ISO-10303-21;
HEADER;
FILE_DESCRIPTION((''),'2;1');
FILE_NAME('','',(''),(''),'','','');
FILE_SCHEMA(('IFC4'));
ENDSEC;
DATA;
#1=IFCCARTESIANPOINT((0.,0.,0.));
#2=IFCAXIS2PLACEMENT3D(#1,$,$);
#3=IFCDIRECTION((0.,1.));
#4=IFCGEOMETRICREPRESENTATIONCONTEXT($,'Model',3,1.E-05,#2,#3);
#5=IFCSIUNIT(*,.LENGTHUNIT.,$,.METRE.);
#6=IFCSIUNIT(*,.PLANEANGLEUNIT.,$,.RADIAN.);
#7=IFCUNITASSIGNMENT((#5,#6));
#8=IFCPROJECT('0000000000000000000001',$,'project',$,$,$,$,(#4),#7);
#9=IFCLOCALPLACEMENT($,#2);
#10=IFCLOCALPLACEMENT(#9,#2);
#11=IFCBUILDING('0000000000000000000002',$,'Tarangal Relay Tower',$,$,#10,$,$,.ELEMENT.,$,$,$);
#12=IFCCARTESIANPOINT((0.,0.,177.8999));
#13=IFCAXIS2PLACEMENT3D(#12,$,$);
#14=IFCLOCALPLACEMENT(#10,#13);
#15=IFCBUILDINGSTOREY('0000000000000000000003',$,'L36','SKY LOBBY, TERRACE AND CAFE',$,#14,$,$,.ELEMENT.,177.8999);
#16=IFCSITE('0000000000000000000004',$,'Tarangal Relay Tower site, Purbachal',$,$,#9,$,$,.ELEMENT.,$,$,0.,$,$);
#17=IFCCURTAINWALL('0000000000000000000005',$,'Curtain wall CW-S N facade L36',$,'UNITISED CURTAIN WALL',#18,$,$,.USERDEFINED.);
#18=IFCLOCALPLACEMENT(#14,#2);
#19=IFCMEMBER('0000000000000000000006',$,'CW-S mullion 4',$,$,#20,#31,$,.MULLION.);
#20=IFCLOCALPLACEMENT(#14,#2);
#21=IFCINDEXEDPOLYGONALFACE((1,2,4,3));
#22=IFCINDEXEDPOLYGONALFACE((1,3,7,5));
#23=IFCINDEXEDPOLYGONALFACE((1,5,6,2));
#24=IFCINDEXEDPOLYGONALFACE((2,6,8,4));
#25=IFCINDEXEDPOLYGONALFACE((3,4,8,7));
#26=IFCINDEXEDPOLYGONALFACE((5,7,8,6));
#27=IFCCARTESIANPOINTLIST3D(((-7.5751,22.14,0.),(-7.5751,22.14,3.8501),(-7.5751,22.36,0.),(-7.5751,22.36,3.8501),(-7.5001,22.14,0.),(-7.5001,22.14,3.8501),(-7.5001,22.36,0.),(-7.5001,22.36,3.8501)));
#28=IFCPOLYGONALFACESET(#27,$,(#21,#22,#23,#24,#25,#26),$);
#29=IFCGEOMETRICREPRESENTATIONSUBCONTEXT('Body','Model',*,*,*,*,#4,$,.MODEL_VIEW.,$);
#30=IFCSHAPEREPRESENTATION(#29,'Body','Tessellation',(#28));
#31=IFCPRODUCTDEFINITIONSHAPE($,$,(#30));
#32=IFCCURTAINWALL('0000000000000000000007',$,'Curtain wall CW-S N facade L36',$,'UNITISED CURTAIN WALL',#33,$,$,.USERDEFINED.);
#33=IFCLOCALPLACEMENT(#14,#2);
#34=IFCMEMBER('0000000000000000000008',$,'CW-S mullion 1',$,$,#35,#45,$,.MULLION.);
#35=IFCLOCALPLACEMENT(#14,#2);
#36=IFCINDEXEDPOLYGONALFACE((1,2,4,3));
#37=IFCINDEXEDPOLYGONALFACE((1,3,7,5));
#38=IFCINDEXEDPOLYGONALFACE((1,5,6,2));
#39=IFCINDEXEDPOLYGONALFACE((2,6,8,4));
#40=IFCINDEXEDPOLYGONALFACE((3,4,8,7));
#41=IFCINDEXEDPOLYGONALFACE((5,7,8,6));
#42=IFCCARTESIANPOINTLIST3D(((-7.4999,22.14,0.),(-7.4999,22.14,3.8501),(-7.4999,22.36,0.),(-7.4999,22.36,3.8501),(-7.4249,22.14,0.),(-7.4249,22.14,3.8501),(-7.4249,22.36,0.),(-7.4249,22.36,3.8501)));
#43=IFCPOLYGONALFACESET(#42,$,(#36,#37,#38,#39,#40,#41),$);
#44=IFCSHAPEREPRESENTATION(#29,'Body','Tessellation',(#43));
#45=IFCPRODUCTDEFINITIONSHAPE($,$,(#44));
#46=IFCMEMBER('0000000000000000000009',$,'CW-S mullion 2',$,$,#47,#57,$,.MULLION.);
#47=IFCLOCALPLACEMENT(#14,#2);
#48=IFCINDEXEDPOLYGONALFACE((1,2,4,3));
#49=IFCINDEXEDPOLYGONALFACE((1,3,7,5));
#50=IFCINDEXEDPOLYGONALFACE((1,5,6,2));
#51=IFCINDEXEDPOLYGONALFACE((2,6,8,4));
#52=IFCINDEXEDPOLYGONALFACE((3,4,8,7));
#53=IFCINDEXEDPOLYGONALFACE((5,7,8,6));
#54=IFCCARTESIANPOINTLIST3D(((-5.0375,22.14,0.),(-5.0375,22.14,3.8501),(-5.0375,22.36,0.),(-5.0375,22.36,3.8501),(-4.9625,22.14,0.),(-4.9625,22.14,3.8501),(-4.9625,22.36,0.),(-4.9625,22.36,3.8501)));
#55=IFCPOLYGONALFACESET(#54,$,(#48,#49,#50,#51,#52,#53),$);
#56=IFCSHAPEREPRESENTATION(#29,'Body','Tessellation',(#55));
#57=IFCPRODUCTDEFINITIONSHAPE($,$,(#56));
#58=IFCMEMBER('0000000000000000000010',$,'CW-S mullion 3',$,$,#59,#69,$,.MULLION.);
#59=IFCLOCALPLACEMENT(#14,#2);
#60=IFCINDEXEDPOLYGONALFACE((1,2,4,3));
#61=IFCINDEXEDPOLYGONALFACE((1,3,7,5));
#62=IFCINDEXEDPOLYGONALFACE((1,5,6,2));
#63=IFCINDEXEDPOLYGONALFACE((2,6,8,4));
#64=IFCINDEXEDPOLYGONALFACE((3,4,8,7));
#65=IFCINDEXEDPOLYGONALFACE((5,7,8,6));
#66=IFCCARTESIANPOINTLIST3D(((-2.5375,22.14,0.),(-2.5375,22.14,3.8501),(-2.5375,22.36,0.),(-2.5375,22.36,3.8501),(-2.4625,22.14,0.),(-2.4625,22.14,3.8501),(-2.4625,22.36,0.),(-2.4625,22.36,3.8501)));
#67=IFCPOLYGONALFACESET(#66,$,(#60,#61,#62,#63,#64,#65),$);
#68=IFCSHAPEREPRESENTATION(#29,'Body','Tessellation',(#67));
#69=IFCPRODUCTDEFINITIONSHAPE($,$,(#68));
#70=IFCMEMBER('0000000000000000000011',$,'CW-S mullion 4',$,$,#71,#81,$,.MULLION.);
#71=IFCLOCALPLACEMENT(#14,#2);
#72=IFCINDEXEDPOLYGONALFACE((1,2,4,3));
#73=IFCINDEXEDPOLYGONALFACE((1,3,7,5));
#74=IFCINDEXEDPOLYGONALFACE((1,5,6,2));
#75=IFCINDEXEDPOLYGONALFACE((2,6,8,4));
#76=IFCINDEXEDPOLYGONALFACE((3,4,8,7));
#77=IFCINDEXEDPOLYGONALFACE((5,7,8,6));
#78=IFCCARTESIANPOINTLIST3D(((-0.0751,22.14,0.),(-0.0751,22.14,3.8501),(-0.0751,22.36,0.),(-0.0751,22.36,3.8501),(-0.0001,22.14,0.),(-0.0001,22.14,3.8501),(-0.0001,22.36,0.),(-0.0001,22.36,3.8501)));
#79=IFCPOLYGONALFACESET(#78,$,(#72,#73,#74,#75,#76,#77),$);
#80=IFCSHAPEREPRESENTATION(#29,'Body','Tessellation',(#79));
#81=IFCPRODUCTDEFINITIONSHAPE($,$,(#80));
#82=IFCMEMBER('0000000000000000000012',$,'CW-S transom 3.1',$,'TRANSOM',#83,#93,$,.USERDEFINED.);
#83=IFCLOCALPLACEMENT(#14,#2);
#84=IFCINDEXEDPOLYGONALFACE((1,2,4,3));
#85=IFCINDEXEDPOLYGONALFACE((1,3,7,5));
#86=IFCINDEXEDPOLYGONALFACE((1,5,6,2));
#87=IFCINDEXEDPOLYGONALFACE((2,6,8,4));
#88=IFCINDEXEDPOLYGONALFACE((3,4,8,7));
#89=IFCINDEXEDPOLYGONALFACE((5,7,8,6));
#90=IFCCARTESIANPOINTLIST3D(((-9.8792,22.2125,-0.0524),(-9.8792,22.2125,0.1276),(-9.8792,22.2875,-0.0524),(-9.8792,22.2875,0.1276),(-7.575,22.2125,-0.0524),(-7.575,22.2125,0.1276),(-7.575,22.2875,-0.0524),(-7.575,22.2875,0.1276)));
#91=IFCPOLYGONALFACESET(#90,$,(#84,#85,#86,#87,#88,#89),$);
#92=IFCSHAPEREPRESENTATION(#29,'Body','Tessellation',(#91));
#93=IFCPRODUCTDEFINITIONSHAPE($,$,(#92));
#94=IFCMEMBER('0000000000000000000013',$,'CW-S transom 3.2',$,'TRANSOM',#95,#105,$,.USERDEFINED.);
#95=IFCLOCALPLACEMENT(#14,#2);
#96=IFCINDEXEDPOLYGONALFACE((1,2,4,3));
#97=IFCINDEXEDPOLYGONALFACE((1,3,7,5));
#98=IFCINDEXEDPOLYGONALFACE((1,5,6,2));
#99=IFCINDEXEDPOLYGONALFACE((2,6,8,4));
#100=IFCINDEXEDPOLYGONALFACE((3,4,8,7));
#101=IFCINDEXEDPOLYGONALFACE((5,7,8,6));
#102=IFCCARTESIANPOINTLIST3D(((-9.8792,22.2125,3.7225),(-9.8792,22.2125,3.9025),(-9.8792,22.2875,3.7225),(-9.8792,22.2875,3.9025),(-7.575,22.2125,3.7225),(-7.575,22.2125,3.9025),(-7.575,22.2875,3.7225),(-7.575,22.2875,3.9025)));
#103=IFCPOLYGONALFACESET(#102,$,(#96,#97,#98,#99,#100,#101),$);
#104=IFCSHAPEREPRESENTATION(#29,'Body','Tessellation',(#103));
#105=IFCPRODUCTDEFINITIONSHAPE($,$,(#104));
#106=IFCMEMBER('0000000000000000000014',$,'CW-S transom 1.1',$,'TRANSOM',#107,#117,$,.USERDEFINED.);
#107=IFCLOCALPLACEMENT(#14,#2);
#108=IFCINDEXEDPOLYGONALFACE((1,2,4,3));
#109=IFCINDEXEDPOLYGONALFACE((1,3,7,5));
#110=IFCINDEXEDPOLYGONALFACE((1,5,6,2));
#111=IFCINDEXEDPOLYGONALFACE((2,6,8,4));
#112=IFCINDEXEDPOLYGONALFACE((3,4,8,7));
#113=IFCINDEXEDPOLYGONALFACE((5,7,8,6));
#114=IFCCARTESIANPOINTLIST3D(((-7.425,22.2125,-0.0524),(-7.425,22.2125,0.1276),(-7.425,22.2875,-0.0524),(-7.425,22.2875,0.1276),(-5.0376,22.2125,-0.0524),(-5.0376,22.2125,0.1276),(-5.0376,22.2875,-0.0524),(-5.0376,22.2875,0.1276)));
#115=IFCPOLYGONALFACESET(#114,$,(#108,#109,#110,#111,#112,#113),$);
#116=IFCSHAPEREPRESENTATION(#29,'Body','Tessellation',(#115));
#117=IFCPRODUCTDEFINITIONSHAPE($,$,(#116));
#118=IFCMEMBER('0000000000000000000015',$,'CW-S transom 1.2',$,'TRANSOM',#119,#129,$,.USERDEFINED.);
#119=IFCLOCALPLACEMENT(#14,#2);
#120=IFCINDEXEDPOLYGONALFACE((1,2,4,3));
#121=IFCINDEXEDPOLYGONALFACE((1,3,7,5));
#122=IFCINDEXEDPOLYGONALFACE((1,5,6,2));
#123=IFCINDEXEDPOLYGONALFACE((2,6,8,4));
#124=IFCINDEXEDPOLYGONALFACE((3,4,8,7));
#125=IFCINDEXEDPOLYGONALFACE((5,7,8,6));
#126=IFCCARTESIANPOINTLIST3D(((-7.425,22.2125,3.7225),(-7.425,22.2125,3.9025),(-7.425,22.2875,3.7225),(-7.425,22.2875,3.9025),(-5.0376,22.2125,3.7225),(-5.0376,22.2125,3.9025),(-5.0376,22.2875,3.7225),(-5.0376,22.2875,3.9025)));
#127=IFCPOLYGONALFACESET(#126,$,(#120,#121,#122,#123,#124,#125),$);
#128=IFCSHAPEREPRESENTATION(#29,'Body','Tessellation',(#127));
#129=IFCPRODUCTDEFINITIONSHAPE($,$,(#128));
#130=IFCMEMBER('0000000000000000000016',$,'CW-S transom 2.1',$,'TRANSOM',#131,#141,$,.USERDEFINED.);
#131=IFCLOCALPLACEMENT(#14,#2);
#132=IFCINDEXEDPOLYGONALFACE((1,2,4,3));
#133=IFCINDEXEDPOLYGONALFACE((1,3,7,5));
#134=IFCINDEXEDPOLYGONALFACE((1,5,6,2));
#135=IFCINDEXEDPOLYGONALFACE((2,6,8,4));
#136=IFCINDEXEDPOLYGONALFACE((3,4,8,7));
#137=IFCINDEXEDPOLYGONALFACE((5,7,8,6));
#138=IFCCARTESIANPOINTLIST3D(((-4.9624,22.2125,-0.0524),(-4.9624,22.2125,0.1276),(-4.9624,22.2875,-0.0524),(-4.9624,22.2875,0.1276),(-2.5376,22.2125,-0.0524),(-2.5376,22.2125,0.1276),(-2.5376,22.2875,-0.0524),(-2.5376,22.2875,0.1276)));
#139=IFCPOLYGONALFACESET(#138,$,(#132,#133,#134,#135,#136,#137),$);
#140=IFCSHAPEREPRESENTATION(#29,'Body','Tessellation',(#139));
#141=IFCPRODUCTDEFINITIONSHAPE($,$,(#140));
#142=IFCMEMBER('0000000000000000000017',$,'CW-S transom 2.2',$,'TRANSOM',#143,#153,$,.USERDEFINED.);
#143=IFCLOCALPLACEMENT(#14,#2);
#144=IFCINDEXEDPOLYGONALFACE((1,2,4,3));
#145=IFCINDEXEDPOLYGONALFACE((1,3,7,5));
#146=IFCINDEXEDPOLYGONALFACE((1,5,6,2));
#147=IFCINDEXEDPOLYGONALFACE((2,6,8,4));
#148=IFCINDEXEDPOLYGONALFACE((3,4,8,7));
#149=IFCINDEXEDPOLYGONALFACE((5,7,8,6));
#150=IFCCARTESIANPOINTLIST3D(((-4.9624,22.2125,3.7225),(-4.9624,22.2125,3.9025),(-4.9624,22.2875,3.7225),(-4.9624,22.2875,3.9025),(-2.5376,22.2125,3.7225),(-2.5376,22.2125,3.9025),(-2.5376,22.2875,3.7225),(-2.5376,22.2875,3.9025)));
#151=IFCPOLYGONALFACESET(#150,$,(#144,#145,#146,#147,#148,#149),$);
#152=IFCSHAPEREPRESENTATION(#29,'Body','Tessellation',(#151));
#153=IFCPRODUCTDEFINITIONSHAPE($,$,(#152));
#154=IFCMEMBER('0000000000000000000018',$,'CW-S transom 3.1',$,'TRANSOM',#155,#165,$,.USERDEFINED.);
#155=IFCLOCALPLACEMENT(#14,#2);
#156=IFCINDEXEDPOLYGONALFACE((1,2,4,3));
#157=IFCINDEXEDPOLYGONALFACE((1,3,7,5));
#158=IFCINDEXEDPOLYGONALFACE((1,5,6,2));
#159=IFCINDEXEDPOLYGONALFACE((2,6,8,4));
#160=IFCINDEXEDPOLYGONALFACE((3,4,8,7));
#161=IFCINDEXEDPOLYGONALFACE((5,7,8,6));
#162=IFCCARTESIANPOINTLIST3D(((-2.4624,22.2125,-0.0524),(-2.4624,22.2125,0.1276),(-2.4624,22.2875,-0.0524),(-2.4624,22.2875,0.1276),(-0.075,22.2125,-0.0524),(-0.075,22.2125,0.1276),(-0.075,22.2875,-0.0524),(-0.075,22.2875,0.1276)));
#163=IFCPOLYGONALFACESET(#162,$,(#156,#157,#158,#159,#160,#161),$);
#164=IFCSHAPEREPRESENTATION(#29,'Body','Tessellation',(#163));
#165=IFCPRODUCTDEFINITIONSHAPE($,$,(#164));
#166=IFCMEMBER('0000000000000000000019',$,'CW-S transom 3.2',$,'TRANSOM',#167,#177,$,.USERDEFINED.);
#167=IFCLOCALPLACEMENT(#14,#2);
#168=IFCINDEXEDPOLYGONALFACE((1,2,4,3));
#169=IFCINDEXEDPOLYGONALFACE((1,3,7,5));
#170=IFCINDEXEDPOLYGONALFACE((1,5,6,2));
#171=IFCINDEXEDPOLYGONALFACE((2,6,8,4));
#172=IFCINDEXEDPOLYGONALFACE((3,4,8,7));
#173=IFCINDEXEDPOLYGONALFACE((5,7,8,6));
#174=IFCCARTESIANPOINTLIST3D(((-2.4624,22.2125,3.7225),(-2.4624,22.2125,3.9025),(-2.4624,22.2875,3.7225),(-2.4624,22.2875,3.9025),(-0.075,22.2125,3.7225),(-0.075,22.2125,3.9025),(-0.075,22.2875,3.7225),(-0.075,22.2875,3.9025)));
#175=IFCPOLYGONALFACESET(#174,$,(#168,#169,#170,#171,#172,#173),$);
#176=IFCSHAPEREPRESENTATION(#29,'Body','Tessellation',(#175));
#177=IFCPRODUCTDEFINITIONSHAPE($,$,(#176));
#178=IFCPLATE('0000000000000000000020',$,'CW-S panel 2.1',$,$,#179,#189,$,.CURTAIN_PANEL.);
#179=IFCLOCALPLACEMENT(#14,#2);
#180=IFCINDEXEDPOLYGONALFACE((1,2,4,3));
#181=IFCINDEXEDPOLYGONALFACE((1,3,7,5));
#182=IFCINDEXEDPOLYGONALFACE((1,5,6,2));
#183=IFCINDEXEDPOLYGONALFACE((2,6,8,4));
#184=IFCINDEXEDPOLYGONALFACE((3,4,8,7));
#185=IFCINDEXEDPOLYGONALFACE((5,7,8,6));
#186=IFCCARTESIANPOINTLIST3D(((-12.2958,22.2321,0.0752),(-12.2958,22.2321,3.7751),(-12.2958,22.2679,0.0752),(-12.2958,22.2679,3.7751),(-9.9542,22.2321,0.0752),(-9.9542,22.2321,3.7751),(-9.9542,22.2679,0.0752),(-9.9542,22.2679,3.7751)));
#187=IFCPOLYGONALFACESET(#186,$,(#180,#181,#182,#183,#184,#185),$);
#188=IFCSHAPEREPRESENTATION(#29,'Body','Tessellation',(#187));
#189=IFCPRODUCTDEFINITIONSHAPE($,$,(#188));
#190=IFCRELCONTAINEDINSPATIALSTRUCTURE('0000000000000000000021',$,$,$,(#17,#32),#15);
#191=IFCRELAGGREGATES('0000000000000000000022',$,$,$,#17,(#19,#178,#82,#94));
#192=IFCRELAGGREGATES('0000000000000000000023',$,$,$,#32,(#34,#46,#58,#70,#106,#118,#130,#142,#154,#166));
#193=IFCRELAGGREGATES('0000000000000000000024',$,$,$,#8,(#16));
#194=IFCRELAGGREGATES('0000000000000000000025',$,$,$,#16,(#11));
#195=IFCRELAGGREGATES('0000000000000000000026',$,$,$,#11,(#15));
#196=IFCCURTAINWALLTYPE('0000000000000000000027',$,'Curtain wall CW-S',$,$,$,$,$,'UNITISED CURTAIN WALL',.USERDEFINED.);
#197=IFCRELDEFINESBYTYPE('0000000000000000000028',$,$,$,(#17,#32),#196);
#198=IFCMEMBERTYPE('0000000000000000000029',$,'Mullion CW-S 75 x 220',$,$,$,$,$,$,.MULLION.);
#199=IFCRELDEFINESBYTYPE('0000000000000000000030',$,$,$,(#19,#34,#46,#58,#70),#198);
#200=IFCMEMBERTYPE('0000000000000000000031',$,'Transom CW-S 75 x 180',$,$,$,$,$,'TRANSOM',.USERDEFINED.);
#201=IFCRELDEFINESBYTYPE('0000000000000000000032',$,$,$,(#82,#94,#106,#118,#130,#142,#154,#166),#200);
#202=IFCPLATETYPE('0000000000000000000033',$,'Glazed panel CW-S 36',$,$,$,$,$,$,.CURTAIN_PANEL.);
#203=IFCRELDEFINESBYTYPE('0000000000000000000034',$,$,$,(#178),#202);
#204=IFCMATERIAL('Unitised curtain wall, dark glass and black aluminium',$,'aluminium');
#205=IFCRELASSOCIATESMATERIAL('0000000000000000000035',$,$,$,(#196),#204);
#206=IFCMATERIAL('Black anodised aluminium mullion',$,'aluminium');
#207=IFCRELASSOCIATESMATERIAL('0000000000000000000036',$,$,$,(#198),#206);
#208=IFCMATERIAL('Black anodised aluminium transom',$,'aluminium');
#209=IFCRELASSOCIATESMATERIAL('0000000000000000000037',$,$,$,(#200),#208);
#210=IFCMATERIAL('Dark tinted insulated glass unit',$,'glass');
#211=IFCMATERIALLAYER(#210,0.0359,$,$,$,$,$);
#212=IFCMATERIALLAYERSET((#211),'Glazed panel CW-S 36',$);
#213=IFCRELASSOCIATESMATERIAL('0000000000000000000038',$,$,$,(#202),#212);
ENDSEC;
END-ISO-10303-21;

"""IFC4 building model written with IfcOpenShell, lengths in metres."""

from ifc_helpers import new_model, si_unit, direction, frame, origin, origin_2d, place, context, subcontext, project, spatial, rectangle, extrude, material, layer, layer_set, material_profile, profile_set, type_object, element, aggregate, save


model = new_model("IFC4")

# Units and contexts
model_context = context("Model", 3, precision=1e-05, world=origin(), true_north=direction((0.0, 1.0)))
body_context = subcontext(model_context, "Body", "Model", "MODEL_VIEW")
ifc_project = project(units=[si_unit("LENGTHUNIT", "METRE"), si_unit("PLANEANGLEUNIT", "RADIAN")], contexts=[model_context])

# Site, building, storey
site_placement = place(None, origin())
site = spatial("IfcSite", under=ifc_project, at=site_placement, Name="Tarangal Relay Tower site, Purbachal", CompositionType="ELEMENT", RefElevation=0.0)
building_placement = place(site_placement, origin())
building = spatial("IfcBuilding", under=site, at=building_placement, Name="Tarangal Relay Tower", CompositionType="ELEMENT")
storey_placement = place(building_placement, frame((0.0, 0.0, 177.8999)))
storey = spatial("IfcBuildingStorey", under=building, at=storey_placement, Name="L36", Description="SKY LOBBY, TERRACE AND CAFE", CompositionType="ELEMENT", Elevation=177.8999)

# Curtain walls, members
ifc_material_1 = material(Name="Unitised curtain wall, dark glass and black aluminium", Category="aluminium")
curtain_wall_type = type_object("IfcCurtainWallType", Name="Curtain wall CW-S", ElementType="UNITISED CURTAIN WALL", PredefinedType="USERDEFINED", material=ifc_material_1)
curtain_wall_1_placement = place(storey_placement, origin())
curtain_wall_1 = element("IfcCurtainWall", 1, at=curtain_wall_1_placement, inside=storey, type_object=curtain_wall_type, Name="Curtain wall CW-S N facade L36", ObjectType="UNITISED CURTAIN WALL", PredefinedType="USERDEFINED")
ifc_material_2 = material(Name="Black anodised aluminium mullion", Category="aluminium")
ifc_material_profile_1 = material_profile(ifc_material_2, rectangle(XDim=0.22, YDim=0.075, at=origin_2d()), Name="CW-SM 75X220")
ifc_profile_set_1 = profile_set([ifc_material_profile_1], Name="Black anodised aluminium mullion")
member_type_1 = type_object("IfcMemberType", Name="Mullion CW-S 75 x 220", PredefinedType="MULLION", material=ifc_profile_set_1)
member_1_placement = place(storey_placement, frame((-7.5376, 22.25, 0.0), z_axis=(0.0, 0.0, 1.0), x_axis=(0.0, 1.0, 0.0)))
member_1 = element("IfcMember", 2, at=member_1_placement, type_object=member_type_1, Name="CW-S mullion 4", PredefinedType="MULLION", context=body_context, shape_type="SweptSolid", body=[
    extrude(rectangle(XDim=0.22, YDim=0.075, at=origin_2d()), origin(), (0.0, 0.0, 1.0), 3.8501),
])
curtain_wall_2_placement = place(storey_placement, origin())
curtain_wall_2 = element("IfcCurtainWall", 3, at=curtain_wall_2_placement, inside=storey, type_object=curtain_wall_type, Name="Curtain wall CW-S N facade L36", ObjectType="UNITISED CURTAIN WALL", PredefinedType="USERDEFINED")
member_2_placement = place(storey_placement, frame((-7.4624, 22.25, 0.0), z_axis=(0.0, 0.0, 1.0), x_axis=(0.0, 1.0, 0.0)))
member_2 = element("IfcMember", 4, at=member_2_placement, type_object=member_type_1, Name="CW-S mullion 1", PredefinedType="MULLION", context=body_context, shape_type="SweptSolid", body=[
    extrude(rectangle(XDim=0.22, YDim=0.075, at=origin_2d()), origin(), (0.0, 0.0, 1.0), 3.8501),
])
member_3_placement = place(storey_placement, frame((-5.0, 22.25, 0.0), z_axis=(0.0, 0.0, 1.0), x_axis=(0.0, 1.0, 0.0)))
member_3 = element("IfcMember", 5, at=member_3_placement, type_object=member_type_1, Name="CW-S mullion 2", PredefinedType="MULLION", context=body_context, shape_type="SweptSolid", body=[
    extrude(rectangle(XDim=0.22, YDim=0.075, at=origin_2d()), origin(), (0.0, 0.0, 1.0), 3.8501),
])
member_4_placement = place(storey_placement, frame((-2.5, 22.25, 0.0), z_axis=(0.0, 0.0, 1.0), x_axis=(0.0, 1.0, 0.0)))
member_4 = element("IfcMember", 6, at=member_4_placement, type_object=member_type_1, Name="CW-S mullion 3", PredefinedType="MULLION", context=body_context, shape_type="SweptSolid", body=[
    extrude(rectangle(XDim=0.22, YDim=0.075, at=origin_2d()), origin(), (0.0, 0.0, 1.0), 3.8501),
])
member_5_placement = place(storey_placement, frame((-0.0376, 22.25, 0.0), z_axis=(0.0, 0.0, 1.0), x_axis=(0.0, 1.0, 0.0)))
member_5 = element("IfcMember", 7, at=member_5_placement, type_object=member_type_1, Name="CW-S mullion 4", PredefinedType="MULLION", context=body_context, shape_type="SweptSolid", body=[
    extrude(rectangle(XDim=0.22, YDim=0.075, at=origin_2d()), origin(), (0.0, 0.0, 1.0), 3.8501),
])

# Members
ifc_material_3 = material(Name="Black anodised aluminium transom", Category="aluminium")
ifc_material_profile_2 = material_profile(ifc_material_3, rectangle(XDim=0.075, YDim=0.1799, at=origin_2d()), Name="CW-ST 75X180")
ifc_profile_set_2 = profile_set([ifc_material_profile_2], Name="Black anodised aluminium transom")
member_type_2 = type_object("IfcMemberType", Name="Transom CW-S 75 x 180", ElementType="TRANSOM", PredefinedType="USERDEFINED", material=ifc_profile_set_2)
member_6_placement = place(storey_placement, frame((-9.8792, 22.25, 0.0376), z_axis=(1.0, 0.0, 0.0), x_axis=(0.0, 1.0, 0.0)))
member_6 = element("IfcMember", 8, at=member_6_placement, type_object=member_type_2, Name="CW-S transom 3.1", ObjectType="TRANSOM", PredefinedType="USERDEFINED", context=body_context, shape_type="SweptSolid", body=[
    extrude(rectangle(XDim=0.075, YDim=0.1799, at=origin_2d()), origin(), (0.0, 0.0, 1.0), 2.3042),
])
member_7_placement = place(storey_placement, frame((-9.8792, 22.25, 3.8125), z_axis=(1.0, 0.0, 0.0), x_axis=(0.0, 1.0, 0.0)))
member_7 = element("IfcMember", 9, at=member_7_placement, type_object=member_type_2, Name="CW-S transom 3.2", ObjectType="TRANSOM", PredefinedType="USERDEFINED", context=body_context, shape_type="SweptSolid", body=[
    extrude(rectangle(XDim=0.075, YDim=0.1799, at=origin_2d()), origin(), (0.0, 0.0, 1.0), 2.3042),
])
member_8_placement = place(storey_placement, frame((-7.425, 22.25, 0.0376), z_axis=(1.0, 0.0, 0.0), x_axis=(0.0, 1.0, 0.0)))
member_8 = element("IfcMember", 10, at=member_8_placement, type_object=member_type_2, Name="CW-S transom 1.1", ObjectType="TRANSOM", PredefinedType="USERDEFINED", context=body_context, shape_type="SweptSolid", body=[
    extrude(rectangle(XDim=0.075, YDim=0.1799, at=origin_2d()), origin(), (0.0, 0.0, 1.0), 2.3875),
])
member_9_placement = place(storey_placement, frame((-7.425, 22.25, 3.8125), z_axis=(1.0, 0.0, 0.0), x_axis=(0.0, 1.0, 0.0)))
member_9 = element("IfcMember", 11, at=member_9_placement, type_object=member_type_2, Name="CW-S transom 1.2", ObjectType="TRANSOM", PredefinedType="USERDEFINED", context=body_context, shape_type="SweptSolid", body=[
    extrude(rectangle(XDim=0.075, YDim=0.1799, at=origin_2d()), origin(), (0.0, 0.0, 1.0), 2.3875),
])
member_10_placement = place(storey_placement, frame((-4.9624, 22.25, 0.0376), z_axis=(1.0, 0.0, 0.0), x_axis=(0.0, 1.0, 0.0)))
member_10 = element("IfcMember", 12, at=member_10_placement, type_object=member_type_2, Name="CW-S transom 2.1", ObjectType="TRANSOM", PredefinedType="USERDEFINED", context=body_context, shape_type="SweptSolid", body=[
    extrude(rectangle(XDim=0.075, YDim=0.1799, at=origin_2d()), origin(), (0.0, 0.0, 1.0), 2.4248),
])
member_11_placement = place(storey_placement, frame((-4.9624, 22.25, 3.8125), z_axis=(1.0, 0.0, 0.0), x_axis=(0.0, 1.0, 0.0)))
member_11 = element("IfcMember", 13, at=member_11_placement, type_object=member_type_2, Name="CW-S transom 2.2", ObjectType="TRANSOM", PredefinedType="USERDEFINED", context=body_context, shape_type="SweptSolid", body=[
    extrude(rectangle(XDim=0.075, YDim=0.1799, at=origin_2d()), origin(), (0.0, 0.0, 1.0), 2.4248),
])
member_12_placement = place(storey_placement, frame((-2.4624, 22.25, 0.0376), z_axis=(1.0, 0.0, 0.0), x_axis=(0.0, 1.0, 0.0)))
member_12 = element("IfcMember", 14, at=member_12_placement, type_object=member_type_2, Name="CW-S transom 3.1", ObjectType="TRANSOM", PredefinedType="USERDEFINED", context=body_context, shape_type="SweptSolid", body=[
    extrude(rectangle(XDim=0.075, YDim=0.1799, at=origin_2d()), origin(), (0.0, 0.0, 1.0), 2.3875),
])
member_13_placement = place(storey_placement, frame((-2.4624, 22.25, 3.8125), z_axis=(1.0, 0.0, 0.0), x_axis=(0.0, 1.0, 0.0)))
member_13 = element("IfcMember", 15, at=member_13_placement, type_object=member_type_2, Name="CW-S transom 3.2", ObjectType="TRANSOM", PredefinedType="USERDEFINED", context=body_context, shape_type="SweptSolid", body=[
    extrude(rectangle(XDim=0.075, YDim=0.1799, at=origin_2d()), origin(), (0.0, 0.0, 1.0), 2.3875),
])

# Plate
ifc_material_4 = material(Name="Dark tinted insulated glass unit", Category="glass")
ifc_layer_1 = layer(ifc_material_4, 0.0359)
ifc_layer_set_1 = layer_set([ifc_layer_1], Name="Glazed panel CW-S 36")
plate_type = type_object("IfcPlateType", Name="Glazed panel CW-S 36", PredefinedType="CURTAIN_PANEL", material=ifc_layer_set_1)
plate_1_placement = place(storey_placement, frame((-11.125, 22.25, 0.0752), z_axis=(0.0, 0.0, 1.0), x_axis=(1.0, 0.0, 0.0)))
plate_1 = element("IfcPlate", 16, at=plate_1_placement, type_object=plate_type, Name="CW-S panel 2.1", PredefinedType="CURTAIN_PANEL", context=body_context, shape_type="SweptSolid", body=[
    extrude(rectangle(XDim=2.3416, YDim=0.0359, at=origin_2d()), origin(), (0.0, 0.0, 1.0), 3.7),
])
aggregate(curtain_wall_1, [member_1, plate_1, member_6, member_7])
aggregate(curtain_wall_2, [member_2, member_3, member_4, member_5, member_8, member_9, member_10, member_11, member_12, member_13])

save(model, "model.ifc")
